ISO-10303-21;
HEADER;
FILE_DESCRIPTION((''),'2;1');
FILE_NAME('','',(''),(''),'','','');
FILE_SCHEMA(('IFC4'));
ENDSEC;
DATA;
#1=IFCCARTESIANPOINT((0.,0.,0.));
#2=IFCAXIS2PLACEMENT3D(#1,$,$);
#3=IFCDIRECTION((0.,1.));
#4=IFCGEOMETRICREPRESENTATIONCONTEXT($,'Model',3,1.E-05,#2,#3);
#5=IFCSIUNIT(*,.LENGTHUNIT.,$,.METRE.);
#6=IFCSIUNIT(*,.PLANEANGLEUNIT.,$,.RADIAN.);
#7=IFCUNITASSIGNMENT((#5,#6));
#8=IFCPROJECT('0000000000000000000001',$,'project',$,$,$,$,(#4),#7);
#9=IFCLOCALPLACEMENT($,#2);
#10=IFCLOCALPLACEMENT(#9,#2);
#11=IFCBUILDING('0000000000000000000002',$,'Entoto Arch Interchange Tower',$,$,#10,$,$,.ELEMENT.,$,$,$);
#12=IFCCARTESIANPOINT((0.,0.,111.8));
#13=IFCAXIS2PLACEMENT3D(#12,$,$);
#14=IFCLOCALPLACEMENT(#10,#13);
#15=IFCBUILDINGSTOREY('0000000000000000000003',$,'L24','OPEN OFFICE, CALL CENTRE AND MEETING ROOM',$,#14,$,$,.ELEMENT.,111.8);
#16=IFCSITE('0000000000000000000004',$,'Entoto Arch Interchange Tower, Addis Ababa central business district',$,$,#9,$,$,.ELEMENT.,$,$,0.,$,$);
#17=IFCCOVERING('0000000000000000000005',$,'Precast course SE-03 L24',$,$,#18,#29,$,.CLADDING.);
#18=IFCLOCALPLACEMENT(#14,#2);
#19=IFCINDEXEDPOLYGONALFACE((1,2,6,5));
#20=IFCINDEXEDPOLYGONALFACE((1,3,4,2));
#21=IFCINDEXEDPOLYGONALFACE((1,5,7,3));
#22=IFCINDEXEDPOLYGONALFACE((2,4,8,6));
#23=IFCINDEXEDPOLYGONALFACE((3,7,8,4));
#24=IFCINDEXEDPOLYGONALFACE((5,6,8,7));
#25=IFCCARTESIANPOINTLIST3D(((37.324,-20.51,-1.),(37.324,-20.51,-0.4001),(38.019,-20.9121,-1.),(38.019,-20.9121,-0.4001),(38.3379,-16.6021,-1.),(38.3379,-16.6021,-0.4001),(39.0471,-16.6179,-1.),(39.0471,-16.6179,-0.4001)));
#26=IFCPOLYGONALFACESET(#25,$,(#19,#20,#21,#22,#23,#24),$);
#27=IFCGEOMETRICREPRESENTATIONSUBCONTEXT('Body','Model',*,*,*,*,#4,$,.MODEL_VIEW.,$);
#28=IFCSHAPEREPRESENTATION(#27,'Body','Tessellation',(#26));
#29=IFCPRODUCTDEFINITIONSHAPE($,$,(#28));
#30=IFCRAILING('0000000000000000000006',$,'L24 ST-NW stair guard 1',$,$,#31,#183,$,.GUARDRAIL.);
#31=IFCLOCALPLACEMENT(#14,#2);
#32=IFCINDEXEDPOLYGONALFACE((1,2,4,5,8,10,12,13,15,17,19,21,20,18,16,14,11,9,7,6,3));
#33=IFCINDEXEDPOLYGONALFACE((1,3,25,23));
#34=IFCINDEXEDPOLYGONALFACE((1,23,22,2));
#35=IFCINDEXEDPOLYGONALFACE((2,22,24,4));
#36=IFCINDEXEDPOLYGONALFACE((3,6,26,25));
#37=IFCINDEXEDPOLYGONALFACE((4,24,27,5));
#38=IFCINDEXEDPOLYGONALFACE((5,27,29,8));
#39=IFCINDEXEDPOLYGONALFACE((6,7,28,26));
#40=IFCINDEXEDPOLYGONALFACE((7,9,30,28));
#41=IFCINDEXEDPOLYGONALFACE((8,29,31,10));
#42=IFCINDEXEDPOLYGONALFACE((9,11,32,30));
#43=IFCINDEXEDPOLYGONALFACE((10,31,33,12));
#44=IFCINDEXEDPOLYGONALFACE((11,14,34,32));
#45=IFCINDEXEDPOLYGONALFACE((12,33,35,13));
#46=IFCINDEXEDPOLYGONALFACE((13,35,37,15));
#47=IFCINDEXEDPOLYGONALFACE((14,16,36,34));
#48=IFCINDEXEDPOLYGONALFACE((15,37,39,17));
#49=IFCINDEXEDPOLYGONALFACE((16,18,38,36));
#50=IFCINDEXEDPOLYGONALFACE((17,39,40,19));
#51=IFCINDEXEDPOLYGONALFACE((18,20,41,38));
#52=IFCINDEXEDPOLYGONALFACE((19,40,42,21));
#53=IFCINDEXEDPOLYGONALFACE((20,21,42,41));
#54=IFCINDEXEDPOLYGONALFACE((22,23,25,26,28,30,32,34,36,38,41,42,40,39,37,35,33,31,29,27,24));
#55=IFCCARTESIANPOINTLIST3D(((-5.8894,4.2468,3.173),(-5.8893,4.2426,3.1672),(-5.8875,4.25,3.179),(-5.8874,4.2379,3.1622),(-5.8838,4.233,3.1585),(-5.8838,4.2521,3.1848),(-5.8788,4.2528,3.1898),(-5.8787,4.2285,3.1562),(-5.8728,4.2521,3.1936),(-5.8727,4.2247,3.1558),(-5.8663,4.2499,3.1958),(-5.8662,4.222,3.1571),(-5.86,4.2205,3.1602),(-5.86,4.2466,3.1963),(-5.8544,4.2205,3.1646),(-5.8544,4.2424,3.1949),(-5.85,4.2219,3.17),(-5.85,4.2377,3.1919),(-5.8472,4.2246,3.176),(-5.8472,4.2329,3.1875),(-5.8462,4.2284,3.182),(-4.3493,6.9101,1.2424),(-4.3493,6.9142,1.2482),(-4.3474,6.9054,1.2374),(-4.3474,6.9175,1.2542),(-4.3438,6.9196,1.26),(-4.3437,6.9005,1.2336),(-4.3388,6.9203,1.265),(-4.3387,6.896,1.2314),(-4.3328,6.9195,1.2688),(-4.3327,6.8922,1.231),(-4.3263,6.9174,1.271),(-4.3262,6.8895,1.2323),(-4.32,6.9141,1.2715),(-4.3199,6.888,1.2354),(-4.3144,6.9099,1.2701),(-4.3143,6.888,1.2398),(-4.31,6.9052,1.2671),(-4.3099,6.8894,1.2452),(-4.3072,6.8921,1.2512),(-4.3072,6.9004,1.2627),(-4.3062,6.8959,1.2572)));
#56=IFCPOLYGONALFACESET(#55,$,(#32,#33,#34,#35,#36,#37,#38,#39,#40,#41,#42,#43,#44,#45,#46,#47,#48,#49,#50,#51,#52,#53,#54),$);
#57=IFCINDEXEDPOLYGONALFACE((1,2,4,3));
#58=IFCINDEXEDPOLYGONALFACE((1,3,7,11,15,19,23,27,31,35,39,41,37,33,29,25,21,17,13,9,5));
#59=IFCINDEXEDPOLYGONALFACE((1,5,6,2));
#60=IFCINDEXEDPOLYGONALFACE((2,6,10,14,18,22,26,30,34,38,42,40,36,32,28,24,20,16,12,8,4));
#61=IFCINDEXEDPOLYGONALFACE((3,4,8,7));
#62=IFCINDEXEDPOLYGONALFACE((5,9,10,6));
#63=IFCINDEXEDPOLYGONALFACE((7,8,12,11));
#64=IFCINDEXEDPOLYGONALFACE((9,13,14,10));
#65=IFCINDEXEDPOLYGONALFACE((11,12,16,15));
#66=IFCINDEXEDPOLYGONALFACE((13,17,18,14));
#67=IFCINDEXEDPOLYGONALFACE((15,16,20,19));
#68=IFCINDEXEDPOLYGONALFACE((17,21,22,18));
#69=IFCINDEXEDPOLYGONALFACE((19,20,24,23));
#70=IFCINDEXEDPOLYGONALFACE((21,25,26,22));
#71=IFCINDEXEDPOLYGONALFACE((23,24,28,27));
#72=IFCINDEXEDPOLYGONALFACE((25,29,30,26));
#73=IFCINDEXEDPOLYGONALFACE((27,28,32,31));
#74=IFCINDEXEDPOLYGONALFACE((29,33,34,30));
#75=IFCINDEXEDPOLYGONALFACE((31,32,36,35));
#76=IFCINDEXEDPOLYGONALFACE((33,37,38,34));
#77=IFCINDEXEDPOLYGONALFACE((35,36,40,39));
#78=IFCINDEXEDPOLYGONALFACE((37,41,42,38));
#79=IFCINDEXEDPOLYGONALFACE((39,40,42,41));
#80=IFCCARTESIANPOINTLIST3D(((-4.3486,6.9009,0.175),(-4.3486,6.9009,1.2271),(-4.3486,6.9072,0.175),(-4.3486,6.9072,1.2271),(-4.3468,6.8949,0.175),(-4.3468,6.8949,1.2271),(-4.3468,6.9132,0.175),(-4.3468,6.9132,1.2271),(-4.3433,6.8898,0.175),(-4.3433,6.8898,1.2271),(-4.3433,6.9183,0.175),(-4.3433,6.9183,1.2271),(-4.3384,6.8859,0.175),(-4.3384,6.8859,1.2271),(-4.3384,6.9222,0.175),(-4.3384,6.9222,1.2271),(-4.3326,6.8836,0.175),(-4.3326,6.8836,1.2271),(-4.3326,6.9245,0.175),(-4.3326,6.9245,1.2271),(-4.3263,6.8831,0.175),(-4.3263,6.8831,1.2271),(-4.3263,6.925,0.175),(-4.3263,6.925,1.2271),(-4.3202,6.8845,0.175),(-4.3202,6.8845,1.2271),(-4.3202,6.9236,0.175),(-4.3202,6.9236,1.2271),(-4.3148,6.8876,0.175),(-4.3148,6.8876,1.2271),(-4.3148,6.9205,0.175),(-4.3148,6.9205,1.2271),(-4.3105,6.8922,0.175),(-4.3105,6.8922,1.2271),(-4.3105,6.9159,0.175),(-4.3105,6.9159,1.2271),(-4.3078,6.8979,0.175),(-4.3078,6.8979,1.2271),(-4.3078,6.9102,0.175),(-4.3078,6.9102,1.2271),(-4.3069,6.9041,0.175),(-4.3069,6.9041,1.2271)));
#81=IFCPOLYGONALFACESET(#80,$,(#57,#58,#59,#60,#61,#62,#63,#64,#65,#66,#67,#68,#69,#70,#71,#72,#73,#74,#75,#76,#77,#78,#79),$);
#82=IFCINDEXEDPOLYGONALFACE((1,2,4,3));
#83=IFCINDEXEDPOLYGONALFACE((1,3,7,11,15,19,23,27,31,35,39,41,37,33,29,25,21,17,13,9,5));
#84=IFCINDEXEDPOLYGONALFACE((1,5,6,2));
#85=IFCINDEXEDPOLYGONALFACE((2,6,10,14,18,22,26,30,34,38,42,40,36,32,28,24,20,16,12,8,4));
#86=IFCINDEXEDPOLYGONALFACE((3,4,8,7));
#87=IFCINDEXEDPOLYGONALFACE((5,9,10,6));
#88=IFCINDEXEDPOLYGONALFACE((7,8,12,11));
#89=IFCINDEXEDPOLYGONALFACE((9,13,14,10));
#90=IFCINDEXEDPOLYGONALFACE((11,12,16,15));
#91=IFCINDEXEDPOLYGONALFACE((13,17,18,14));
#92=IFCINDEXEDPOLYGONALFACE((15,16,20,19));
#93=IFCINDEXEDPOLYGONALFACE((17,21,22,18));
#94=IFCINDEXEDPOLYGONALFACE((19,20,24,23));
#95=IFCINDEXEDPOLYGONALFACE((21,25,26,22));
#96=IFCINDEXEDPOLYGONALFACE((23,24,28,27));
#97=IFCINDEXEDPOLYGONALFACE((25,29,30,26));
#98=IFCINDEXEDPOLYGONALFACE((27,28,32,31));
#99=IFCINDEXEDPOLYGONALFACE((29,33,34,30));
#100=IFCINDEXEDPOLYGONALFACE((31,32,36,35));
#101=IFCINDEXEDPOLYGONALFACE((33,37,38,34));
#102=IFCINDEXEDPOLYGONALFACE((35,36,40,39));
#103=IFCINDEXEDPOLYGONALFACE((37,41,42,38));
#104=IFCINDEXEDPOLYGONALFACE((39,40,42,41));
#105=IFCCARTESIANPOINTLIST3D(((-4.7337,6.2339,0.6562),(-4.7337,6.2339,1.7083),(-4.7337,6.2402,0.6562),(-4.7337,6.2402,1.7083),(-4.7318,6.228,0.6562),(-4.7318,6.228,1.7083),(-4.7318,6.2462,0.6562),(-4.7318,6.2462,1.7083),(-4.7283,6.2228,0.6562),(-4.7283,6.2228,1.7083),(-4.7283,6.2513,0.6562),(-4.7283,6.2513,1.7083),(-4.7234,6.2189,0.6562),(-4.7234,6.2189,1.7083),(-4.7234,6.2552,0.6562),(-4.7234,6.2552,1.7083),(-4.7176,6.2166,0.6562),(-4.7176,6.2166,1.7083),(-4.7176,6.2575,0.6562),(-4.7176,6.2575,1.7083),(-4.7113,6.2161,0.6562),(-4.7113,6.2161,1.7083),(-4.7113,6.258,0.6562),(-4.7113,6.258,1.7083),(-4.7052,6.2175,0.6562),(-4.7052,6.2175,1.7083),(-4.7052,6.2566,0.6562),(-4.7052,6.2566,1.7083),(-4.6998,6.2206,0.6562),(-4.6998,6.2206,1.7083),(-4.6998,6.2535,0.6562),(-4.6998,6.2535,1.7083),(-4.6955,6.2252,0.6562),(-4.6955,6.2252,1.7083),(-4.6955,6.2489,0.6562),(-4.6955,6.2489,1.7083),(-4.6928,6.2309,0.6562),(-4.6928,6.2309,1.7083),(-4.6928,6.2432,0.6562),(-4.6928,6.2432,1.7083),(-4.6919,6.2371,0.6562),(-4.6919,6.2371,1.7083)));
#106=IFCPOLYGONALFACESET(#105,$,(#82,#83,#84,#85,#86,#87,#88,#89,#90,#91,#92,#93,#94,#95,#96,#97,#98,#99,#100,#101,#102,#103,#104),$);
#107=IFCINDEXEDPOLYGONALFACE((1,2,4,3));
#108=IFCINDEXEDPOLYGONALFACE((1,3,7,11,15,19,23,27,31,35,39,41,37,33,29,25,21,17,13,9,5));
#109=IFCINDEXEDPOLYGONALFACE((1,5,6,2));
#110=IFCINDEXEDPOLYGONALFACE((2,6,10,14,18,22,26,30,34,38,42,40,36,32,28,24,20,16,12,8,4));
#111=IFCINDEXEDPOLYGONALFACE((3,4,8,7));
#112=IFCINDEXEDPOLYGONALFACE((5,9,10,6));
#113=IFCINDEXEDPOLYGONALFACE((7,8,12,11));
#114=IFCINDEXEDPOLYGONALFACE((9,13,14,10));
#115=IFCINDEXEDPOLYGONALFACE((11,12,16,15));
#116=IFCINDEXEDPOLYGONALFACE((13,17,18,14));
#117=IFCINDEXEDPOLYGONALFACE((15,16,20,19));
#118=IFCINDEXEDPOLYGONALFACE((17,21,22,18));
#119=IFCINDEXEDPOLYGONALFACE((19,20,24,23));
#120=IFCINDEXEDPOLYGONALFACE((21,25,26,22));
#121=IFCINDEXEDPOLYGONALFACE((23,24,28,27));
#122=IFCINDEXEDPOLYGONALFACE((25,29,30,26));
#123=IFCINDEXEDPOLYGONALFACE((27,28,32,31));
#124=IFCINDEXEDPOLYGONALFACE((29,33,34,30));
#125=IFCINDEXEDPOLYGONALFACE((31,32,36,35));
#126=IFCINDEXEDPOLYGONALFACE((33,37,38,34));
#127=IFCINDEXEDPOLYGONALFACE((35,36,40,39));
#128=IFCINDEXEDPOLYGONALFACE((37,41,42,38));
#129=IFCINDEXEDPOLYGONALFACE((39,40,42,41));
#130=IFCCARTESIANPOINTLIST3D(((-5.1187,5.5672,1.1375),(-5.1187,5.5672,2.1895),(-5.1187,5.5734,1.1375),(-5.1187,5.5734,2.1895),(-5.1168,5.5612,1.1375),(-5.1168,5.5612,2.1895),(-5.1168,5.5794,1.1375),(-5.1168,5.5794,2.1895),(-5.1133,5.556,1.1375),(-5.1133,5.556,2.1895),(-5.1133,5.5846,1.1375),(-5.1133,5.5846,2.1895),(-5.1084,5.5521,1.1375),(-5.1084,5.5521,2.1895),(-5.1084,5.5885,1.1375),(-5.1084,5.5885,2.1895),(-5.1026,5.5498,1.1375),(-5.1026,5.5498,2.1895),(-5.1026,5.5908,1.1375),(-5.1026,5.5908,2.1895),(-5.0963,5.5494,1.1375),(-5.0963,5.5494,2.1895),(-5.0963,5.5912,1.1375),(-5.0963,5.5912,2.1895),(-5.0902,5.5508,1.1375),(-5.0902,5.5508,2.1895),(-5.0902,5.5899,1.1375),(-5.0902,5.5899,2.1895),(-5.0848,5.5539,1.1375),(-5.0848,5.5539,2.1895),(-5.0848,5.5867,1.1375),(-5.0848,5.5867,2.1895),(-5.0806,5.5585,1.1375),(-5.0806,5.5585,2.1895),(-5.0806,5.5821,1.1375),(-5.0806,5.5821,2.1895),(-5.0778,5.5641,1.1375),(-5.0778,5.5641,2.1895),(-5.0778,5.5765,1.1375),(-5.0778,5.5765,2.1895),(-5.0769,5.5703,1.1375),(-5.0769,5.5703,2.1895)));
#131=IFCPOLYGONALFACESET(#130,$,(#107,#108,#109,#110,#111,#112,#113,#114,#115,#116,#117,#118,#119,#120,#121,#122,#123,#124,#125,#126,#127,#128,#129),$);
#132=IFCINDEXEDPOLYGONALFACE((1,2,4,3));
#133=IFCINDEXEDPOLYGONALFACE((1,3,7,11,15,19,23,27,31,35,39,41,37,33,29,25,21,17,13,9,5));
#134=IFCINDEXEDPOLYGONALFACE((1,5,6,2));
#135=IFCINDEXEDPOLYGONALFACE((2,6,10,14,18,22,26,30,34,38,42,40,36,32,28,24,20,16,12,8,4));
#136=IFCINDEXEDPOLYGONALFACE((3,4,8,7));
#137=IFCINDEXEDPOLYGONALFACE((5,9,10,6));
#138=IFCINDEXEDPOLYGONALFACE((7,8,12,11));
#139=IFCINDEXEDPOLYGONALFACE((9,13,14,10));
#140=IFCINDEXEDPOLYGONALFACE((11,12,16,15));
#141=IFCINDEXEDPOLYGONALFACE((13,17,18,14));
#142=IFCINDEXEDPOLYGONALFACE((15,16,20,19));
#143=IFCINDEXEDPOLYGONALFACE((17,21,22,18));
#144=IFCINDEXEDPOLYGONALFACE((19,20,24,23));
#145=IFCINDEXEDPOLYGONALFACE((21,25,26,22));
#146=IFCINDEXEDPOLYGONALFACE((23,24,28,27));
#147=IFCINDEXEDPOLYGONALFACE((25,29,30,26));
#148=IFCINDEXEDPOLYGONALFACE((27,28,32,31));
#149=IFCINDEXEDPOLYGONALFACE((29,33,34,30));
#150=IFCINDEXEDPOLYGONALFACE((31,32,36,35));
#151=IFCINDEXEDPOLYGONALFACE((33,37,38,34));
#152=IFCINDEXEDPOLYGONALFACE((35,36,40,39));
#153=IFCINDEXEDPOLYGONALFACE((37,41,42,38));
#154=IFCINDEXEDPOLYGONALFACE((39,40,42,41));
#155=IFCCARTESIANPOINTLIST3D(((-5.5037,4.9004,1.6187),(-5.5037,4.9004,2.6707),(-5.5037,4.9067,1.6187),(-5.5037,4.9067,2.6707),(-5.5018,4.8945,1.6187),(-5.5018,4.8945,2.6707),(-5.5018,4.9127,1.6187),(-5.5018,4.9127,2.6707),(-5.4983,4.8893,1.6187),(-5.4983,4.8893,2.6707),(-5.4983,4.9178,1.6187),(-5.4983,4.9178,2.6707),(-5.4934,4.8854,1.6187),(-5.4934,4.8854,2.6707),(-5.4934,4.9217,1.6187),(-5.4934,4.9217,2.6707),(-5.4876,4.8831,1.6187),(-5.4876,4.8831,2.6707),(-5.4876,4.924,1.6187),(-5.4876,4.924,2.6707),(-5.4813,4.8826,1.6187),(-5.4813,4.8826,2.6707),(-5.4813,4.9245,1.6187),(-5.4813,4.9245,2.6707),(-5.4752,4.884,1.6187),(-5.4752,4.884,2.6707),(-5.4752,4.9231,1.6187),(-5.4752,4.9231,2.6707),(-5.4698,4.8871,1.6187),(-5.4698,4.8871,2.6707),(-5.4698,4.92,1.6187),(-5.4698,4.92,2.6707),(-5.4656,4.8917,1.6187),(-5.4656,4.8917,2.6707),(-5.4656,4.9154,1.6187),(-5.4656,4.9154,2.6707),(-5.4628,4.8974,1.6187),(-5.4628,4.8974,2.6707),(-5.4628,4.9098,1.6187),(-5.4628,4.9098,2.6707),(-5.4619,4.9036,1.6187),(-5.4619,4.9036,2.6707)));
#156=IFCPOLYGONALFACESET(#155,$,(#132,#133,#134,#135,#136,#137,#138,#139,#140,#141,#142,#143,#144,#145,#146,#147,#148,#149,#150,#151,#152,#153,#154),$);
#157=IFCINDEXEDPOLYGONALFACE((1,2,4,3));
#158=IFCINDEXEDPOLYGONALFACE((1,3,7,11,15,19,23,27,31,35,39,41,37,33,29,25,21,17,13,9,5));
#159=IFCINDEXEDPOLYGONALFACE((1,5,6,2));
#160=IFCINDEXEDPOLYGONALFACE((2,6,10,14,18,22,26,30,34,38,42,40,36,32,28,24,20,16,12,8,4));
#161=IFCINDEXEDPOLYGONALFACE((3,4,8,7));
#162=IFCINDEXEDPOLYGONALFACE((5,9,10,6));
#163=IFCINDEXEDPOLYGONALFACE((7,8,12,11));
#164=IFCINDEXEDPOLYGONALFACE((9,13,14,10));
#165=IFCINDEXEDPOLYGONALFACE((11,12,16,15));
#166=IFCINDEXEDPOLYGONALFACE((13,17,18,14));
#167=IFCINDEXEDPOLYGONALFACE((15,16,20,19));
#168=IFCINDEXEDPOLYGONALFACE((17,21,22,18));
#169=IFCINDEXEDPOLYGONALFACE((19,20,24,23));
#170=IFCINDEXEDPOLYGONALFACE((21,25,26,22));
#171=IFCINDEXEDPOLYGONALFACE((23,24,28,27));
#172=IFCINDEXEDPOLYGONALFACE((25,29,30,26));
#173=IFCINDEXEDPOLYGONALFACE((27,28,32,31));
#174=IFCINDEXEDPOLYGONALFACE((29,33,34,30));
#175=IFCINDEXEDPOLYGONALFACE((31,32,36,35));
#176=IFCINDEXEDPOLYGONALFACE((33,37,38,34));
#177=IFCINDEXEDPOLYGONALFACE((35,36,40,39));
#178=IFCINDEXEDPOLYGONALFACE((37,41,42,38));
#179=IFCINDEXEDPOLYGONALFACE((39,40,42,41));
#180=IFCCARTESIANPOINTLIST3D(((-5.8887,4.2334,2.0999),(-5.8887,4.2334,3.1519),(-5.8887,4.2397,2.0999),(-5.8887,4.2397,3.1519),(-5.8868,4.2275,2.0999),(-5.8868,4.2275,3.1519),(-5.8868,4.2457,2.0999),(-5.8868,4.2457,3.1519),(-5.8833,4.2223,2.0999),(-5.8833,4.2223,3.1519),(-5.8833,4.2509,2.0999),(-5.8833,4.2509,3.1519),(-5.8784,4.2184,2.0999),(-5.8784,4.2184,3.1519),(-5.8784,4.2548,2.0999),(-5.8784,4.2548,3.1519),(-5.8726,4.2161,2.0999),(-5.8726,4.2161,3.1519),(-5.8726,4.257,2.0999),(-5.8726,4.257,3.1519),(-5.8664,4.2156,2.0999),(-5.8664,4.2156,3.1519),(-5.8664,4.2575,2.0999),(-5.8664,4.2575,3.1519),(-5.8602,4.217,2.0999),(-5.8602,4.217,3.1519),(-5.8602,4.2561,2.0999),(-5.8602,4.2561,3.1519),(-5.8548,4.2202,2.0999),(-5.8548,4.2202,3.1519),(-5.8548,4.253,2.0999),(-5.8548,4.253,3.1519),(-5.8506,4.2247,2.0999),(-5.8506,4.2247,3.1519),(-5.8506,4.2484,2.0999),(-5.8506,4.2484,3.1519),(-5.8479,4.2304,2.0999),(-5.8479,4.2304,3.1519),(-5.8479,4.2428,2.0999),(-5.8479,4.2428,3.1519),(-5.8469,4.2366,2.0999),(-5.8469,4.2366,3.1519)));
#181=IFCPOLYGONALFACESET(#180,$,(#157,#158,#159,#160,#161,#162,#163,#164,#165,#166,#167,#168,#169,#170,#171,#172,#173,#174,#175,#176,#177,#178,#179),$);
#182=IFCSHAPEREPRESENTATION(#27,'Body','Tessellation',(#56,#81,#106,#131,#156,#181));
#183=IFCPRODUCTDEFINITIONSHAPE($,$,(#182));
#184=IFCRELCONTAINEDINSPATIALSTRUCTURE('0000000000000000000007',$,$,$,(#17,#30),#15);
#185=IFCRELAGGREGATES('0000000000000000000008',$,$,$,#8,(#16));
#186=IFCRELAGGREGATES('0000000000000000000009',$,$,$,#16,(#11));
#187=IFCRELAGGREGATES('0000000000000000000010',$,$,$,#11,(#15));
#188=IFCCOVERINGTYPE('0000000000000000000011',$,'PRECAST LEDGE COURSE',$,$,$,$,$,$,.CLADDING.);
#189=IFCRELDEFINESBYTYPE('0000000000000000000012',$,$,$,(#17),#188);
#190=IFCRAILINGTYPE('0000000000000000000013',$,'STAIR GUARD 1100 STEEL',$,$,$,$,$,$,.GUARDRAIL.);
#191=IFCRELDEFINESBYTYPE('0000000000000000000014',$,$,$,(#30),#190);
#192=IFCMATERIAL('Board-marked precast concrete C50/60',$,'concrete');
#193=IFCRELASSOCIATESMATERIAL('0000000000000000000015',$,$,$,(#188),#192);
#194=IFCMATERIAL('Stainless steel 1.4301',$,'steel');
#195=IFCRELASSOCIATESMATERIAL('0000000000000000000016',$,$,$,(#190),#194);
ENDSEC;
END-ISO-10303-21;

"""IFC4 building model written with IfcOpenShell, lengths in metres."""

from ifc_helpers import new_model, si_unit, direction, frame, origin, origin_2d, place, context, subcontext, project, spatial, polyline, circle, outline, extrude, material, type_object, element, save


model = new_model("IFC4")

# Units and contexts
model_context = context("Model", 3, precision=1e-05, world=origin(), true_north=direction((0.0, 1.0)))
body_context = subcontext(model_context, "Body", "Model", "MODEL_VIEW")
ifc_project = project(units=[si_unit("LENGTHUNIT", "METRE"), si_unit("PLANEANGLEUNIT", "RADIAN")], contexts=[model_context])

# Site, building, storey
site_placement = place(None, origin())
site = spatial("IfcSite", under=ifc_project, at=site_placement, Name="Entoto Arch Interchange Tower, Addis Ababa central business district", CompositionType="ELEMENT", RefElevation=0.0)
building_placement = place(site_placement, origin())
building = spatial("IfcBuilding", under=site, at=building_placement, Name="Entoto Arch Interchange Tower", CompositionType="ELEMENT")
storey_placement = place(building_placement, frame((0.0, 0.0, 111.8)))
storey = spatial("IfcBuildingStorey", under=building, at=storey_placement, Name="L24", Description="OPEN OFFICE, CALL CENTRE AND MEETING ROOM", CompositionType="ELEMENT", Elevation=111.8)

# Covering
ifc_material_1 = material(Name="Board-marked precast concrete C50/60", Category="concrete")
covering_type = type_object("IfcCoveringType", Name="PRECAST LEDGE COURSE", PredefinedType="CLADDING", material=ifc_material_1)
covering_1_placement = place(storey_placement, frame((0.0, 0.0, -1.0)))
element("IfcCovering", 1, at=covering_1_placement, inside=storey, type_object=covering_type, Name="Precast course SE-03 L24", PredefinedType="CLADDING", context=body_context, shape_type="SweptSolid", body=[
    extrude(outline(polyline([(38.3379, -16.6021), (39.0471, -16.6179), (38.019, -20.9121), (37.324, -20.51), (38.3379, -16.6021)])), origin(), (0.0, 0.0, 1.0), 0.5999),
])

# Railing
ifc_material_2 = material(Name="Stainless steel 1.4301", Category="steel")
railing_type_1 = type_object("IfcRailingType", Name="STAIR GUARD 1100 STEEL", PredefinedType="GUARDRAIL", material=ifc_material_2)
railing_1_placement = place(storey_placement, frame((-4.3279, 6.9041, 0.175)))
element("IfcRailing", 2, at=railing_1_placement, inside=storey, type_object=railing_type_1, Name="L24 ST-NW stair guard 1", PredefinedType="GUARDRAIL", context=body_context, shape_type="SweptSolid", body=[
    extrude(circle(Radius=0.0239, at=origin_2d()), frame((0.0, 0.0, 1.0762), z_axis=(-0.42401, -0.734421, 0.529945), x_axis=(0.86603, -0.499992, 0.0)), (0.0, 0.0, 1.0), 3.6321),
    extrude(circle(Radius=0.021, at=origin_2d()), origin(), (0.0, 0.0, 1.0), 1.052),
    extrude(circle(Radius=0.021, at=origin_2d()), frame((-0.385, -0.667, 0.4812)), (0.0, 0.0, 1.0), 1.052),
    extrude(circle(Radius=0.021, at=origin_2d()), frame((-0.77, -1.3337, 0.9624)), (0.0, 0.0, 1.0), 1.052),
    extrude(circle(Radius=0.021, at=origin_2d()), frame((-1.155, -2.0005, 1.4436)), (0.0, 0.0, 1.0), 1.052),
    extrude(circle(Radius=0.021, at=origin_2d()), frame((-1.54, -2.6675, 1.9248)), (0.0, 0.0, 1.0), 1.052),
])

save(model, "model.ifc")
